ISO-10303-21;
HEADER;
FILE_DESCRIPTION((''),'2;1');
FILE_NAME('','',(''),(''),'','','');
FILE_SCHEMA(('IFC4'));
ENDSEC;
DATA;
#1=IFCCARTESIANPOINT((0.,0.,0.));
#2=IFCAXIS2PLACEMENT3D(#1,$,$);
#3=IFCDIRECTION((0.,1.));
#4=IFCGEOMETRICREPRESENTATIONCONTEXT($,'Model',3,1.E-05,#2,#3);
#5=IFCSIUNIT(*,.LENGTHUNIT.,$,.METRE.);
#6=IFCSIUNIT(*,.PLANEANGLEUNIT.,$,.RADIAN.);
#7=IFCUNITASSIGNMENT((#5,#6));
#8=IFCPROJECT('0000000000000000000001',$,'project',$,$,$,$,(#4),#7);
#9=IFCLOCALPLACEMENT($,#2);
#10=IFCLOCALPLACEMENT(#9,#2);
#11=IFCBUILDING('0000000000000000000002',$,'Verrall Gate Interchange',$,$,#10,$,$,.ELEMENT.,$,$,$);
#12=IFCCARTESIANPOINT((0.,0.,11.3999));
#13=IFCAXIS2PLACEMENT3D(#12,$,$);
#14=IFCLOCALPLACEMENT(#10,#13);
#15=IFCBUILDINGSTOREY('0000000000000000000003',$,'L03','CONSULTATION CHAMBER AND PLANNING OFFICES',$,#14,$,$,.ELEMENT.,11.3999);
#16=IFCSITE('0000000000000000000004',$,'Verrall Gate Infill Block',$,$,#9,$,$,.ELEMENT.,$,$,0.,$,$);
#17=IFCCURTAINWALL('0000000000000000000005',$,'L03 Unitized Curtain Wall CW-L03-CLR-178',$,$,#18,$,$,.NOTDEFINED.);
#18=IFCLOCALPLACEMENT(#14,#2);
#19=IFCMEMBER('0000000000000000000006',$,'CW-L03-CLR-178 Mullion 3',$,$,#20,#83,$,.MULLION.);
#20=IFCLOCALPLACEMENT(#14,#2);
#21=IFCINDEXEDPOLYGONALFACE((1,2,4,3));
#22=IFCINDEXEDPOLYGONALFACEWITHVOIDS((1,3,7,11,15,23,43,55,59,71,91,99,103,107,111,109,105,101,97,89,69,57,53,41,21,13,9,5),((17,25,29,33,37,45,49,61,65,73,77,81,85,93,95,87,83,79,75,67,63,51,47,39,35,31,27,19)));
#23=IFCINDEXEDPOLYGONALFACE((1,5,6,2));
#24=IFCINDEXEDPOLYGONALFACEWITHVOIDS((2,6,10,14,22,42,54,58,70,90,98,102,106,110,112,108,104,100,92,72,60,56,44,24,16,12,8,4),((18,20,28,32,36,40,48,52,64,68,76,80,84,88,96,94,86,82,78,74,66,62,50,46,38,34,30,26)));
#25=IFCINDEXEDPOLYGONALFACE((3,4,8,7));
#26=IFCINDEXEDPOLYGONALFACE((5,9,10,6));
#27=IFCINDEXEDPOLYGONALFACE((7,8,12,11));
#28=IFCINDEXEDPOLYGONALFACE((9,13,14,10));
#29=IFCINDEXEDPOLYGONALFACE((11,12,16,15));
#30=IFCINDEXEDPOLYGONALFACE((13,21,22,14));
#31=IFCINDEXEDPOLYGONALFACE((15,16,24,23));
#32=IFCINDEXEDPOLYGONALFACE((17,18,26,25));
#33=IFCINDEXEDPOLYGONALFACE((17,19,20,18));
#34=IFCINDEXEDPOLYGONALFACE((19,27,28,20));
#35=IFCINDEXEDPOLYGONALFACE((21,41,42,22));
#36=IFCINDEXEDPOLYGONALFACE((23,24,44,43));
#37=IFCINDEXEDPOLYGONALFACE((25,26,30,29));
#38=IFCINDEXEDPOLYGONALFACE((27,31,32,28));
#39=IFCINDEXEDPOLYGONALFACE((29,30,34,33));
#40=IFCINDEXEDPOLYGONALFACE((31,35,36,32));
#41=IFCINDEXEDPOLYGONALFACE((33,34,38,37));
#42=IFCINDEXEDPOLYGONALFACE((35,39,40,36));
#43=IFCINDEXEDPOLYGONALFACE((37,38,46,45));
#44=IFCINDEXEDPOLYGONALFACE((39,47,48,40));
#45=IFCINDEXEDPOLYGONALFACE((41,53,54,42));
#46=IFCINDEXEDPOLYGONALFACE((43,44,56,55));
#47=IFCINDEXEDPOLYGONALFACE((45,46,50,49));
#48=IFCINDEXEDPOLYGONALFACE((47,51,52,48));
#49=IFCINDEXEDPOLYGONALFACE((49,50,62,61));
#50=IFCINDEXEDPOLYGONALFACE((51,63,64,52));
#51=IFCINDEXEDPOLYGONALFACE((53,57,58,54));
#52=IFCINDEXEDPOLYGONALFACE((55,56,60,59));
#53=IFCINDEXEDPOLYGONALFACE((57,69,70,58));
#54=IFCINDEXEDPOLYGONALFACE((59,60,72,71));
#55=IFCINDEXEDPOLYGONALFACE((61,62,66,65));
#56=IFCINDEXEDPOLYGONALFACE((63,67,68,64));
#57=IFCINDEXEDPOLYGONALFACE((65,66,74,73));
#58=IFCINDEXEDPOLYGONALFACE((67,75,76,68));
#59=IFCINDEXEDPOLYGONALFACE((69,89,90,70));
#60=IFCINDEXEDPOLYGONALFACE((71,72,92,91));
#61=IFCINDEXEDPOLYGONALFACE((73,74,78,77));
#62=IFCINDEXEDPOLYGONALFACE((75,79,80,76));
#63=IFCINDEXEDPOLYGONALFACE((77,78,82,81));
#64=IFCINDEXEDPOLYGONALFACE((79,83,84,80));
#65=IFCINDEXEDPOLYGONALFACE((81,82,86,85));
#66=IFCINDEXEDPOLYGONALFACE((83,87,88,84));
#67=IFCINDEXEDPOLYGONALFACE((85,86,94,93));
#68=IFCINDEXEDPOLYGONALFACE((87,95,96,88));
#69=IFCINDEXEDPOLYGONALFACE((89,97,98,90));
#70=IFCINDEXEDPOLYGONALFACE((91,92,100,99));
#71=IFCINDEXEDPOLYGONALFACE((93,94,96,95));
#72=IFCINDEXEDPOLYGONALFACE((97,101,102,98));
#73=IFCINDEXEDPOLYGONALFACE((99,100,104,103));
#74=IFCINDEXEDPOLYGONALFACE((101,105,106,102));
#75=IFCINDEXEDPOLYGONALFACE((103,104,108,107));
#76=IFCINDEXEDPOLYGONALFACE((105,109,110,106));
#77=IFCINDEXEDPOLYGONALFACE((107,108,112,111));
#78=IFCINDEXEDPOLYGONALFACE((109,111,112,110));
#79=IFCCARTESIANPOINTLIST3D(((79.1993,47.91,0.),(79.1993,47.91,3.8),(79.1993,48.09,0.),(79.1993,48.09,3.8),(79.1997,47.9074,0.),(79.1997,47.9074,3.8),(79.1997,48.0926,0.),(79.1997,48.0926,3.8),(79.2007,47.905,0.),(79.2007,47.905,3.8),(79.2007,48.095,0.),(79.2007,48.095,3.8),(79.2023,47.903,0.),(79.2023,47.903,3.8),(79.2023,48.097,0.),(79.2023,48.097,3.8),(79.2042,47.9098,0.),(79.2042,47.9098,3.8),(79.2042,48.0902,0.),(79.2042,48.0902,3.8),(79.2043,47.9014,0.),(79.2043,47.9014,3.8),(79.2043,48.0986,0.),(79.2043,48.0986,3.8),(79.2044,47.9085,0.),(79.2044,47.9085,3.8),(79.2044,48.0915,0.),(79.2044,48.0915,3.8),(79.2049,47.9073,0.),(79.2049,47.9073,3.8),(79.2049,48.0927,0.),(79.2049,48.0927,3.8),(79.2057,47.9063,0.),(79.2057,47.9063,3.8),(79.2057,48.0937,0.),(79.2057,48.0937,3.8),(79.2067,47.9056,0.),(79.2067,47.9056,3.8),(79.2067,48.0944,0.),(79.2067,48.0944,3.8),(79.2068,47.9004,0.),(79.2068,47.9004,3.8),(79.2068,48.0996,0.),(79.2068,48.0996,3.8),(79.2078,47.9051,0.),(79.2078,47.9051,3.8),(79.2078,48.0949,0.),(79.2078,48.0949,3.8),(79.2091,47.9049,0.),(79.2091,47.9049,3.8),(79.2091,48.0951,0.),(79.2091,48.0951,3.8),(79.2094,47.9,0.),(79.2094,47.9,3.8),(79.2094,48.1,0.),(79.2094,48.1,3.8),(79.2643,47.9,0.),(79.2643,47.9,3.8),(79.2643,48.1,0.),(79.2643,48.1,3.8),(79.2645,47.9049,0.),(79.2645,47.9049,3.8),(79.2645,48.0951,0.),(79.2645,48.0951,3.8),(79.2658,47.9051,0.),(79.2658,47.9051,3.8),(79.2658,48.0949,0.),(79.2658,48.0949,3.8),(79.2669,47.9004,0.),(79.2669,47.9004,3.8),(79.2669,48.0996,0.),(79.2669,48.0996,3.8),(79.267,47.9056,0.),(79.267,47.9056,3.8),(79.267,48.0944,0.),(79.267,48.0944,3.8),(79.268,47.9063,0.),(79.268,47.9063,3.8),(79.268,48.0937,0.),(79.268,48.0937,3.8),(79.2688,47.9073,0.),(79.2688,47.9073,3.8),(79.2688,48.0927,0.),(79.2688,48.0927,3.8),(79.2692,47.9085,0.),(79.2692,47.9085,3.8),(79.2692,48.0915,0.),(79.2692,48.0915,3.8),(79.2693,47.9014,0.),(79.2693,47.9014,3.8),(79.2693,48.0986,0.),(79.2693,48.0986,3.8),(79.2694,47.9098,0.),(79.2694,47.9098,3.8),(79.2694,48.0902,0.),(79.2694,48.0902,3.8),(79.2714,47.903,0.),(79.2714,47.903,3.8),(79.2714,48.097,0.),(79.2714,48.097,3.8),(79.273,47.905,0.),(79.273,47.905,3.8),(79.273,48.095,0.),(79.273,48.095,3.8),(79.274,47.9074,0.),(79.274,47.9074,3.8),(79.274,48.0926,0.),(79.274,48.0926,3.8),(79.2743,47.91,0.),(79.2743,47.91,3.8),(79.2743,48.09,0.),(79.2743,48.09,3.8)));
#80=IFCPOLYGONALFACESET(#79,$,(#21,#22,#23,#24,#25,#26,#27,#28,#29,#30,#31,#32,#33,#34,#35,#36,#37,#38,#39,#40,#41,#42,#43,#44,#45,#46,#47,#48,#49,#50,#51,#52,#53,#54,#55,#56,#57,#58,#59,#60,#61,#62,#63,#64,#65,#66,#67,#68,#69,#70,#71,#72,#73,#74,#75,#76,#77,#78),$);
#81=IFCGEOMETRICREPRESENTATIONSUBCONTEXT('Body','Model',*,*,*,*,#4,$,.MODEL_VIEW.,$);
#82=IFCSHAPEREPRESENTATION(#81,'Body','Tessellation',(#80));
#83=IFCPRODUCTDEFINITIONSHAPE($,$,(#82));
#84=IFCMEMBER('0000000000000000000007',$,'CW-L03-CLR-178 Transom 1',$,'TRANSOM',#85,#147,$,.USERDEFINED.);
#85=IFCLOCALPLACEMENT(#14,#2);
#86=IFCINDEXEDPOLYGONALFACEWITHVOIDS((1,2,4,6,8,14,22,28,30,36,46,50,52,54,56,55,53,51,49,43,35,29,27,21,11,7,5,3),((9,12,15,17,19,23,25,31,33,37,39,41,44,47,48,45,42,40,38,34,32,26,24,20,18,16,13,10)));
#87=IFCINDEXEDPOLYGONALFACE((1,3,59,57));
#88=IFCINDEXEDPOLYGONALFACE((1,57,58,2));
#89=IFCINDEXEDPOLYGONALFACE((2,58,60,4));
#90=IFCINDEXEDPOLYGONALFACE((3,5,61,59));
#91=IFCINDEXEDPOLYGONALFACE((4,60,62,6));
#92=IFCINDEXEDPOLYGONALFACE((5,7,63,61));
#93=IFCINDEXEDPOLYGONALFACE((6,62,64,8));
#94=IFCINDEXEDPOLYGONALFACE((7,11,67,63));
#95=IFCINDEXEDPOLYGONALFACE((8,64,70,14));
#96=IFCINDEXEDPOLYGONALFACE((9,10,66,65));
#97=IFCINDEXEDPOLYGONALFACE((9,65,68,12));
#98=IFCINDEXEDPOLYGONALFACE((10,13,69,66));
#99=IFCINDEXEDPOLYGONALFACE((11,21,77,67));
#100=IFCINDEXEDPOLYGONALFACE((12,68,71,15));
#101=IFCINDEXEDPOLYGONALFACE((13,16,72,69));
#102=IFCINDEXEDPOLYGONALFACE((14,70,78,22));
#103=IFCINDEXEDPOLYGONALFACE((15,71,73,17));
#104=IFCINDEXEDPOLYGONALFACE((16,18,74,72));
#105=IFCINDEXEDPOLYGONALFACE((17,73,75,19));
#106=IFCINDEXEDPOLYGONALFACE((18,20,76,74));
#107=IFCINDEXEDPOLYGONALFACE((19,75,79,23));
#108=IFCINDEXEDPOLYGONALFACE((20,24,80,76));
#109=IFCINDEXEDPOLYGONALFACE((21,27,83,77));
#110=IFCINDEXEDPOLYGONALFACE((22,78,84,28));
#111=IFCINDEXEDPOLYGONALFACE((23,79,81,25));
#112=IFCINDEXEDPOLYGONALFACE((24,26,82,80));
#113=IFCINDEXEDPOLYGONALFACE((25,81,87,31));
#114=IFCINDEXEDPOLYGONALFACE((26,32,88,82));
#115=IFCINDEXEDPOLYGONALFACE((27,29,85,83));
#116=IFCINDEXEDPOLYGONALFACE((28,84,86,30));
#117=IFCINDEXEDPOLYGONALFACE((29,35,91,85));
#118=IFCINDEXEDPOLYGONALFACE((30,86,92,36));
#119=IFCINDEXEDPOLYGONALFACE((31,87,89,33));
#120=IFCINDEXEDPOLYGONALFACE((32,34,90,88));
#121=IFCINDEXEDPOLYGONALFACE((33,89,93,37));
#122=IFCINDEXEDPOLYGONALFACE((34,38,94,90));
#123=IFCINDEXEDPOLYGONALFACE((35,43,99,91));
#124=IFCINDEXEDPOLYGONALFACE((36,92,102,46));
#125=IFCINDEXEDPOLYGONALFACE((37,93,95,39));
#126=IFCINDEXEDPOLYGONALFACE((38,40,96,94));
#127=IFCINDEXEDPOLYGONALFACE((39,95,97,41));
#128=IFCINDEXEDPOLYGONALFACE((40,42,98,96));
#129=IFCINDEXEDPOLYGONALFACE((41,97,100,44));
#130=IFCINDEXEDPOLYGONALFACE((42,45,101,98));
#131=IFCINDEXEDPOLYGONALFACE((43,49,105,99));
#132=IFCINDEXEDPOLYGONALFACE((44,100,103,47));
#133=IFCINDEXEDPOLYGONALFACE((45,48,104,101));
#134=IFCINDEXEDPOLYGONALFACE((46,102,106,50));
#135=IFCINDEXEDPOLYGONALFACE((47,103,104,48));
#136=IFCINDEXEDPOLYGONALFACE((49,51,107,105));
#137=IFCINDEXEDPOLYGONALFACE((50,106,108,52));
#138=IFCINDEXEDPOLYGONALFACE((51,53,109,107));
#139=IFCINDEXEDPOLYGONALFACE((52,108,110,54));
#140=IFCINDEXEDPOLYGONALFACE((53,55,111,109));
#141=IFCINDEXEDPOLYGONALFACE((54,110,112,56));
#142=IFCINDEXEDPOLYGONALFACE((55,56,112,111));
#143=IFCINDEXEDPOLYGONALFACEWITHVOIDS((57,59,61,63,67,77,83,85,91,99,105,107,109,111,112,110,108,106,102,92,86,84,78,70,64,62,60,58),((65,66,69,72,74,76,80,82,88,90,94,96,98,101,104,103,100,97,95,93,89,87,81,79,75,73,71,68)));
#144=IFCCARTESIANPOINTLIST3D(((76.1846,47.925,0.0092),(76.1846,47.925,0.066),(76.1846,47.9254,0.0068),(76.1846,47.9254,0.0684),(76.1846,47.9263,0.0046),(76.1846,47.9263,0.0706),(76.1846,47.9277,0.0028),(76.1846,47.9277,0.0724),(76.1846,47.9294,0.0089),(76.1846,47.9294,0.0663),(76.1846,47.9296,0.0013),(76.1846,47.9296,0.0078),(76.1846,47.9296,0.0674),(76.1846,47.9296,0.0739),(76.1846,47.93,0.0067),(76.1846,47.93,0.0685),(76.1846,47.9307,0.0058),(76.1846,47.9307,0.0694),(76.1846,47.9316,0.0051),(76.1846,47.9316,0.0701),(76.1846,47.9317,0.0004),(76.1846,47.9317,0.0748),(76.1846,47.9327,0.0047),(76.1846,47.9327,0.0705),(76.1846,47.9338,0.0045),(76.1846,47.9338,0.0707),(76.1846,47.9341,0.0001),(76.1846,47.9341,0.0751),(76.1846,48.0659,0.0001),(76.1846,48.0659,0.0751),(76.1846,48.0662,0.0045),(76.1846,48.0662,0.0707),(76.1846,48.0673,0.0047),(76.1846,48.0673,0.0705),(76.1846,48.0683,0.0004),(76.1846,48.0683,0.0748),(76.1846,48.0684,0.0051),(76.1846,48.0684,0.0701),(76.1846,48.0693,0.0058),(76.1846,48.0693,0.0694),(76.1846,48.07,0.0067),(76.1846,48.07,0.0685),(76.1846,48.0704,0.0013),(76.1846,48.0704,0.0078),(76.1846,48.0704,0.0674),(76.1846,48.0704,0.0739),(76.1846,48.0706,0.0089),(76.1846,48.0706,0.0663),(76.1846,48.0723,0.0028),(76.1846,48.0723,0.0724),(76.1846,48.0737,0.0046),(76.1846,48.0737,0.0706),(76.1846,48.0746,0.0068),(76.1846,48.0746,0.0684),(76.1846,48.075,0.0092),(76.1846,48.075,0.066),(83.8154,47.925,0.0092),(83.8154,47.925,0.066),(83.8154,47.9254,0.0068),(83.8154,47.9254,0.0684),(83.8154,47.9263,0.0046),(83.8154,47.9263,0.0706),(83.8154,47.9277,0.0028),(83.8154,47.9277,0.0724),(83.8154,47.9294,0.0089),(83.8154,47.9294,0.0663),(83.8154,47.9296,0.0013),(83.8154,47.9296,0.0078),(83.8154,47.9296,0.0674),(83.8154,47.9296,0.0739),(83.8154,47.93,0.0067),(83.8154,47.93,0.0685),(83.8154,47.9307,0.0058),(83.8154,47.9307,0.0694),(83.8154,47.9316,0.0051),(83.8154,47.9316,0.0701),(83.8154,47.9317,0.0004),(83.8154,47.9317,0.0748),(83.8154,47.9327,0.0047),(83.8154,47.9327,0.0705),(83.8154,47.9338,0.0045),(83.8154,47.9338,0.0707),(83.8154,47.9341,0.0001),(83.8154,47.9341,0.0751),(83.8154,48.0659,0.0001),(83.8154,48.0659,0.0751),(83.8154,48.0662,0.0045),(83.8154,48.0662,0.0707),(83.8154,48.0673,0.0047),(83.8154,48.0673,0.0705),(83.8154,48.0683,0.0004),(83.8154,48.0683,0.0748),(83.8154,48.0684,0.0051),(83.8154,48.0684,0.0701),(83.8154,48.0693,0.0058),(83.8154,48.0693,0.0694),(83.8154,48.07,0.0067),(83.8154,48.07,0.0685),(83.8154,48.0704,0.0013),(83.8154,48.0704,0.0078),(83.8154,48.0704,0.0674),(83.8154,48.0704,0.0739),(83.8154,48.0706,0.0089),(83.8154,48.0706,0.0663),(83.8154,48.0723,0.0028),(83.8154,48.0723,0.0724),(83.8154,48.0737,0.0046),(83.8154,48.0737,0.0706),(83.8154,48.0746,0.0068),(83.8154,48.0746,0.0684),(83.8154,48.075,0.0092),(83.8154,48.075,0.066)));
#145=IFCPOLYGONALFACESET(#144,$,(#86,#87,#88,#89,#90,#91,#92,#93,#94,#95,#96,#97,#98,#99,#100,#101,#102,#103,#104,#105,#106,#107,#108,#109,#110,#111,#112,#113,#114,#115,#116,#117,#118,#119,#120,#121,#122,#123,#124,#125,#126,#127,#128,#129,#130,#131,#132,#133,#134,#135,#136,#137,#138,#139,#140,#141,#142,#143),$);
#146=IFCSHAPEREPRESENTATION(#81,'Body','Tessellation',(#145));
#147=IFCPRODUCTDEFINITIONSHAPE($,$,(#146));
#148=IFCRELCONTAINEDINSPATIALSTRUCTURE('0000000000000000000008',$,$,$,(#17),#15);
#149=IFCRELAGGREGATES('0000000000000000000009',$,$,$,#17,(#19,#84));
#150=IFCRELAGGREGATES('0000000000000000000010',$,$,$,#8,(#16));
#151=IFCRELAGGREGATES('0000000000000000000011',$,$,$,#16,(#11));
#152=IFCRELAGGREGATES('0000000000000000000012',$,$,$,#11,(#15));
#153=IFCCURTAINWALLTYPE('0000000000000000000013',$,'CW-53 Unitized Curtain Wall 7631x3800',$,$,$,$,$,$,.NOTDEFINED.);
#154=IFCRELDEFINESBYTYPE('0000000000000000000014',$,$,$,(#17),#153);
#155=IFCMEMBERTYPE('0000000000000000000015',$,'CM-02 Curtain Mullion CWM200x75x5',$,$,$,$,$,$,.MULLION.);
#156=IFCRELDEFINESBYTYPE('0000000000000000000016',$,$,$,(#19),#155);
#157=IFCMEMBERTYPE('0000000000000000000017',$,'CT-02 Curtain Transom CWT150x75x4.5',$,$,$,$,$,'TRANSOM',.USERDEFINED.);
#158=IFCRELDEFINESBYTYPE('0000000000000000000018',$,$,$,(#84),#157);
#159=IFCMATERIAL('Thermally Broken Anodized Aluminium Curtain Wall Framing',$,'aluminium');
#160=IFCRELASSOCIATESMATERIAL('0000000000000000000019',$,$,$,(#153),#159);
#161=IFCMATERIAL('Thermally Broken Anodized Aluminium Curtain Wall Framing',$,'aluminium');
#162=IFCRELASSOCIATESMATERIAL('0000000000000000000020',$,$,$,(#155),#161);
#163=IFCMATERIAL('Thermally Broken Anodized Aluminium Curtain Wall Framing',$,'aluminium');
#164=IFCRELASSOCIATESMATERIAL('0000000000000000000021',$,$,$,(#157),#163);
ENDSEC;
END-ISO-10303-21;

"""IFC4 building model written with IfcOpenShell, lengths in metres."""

from ifc_helpers import new_model, si_unit, direction, frame, origin, origin_2d, place, context, subcontext, project, spatial, hollow_rectangle, extrude, material, material_profile, profile_set, type_object, element, aggregate, save


model = new_model("IFC4")

# Units and contexts
model_context = context("Model", 3, precision=1e-05, world=origin(), true_north=direction((0.0, 1.0)))
body_context = subcontext(model_context, "Body", "Model", "MODEL_VIEW")
ifc_project = project(units=[si_unit("LENGTHUNIT", "METRE"), si_unit("PLANEANGLEUNIT", "RADIAN")], contexts=[model_context])

# Site, building, storey
site_placement = place(None, origin())
site = spatial("IfcSite", under=ifc_project, at=site_placement, Name="Verrall Gate Infill Block", CompositionType="ELEMENT", RefElevation=0.0)
building_placement = place(site_placement, origin())
building = spatial("IfcBuilding", under=site, at=building_placement, Name="Verrall Gate Interchange", CompositionType="ELEMENT")
storey_placement = place(building_placement, frame((0.0, 0.0, 11.3999)))
storey = spatial("IfcBuildingStorey", under=building, at=storey_placement, Name="L03", Description="CONSULTATION CHAMBER AND PLANNING OFFICES", CompositionType="ELEMENT", Elevation=11.3999)

# Shared definitions
ifc_material_1 = material(Name="Thermally Broken Anodized Aluminium Curtain Wall Framing", Category="aluminium")
curtain_wall_type = type_object("IfcCurtainWallType", Name="CW-53 Unitized Curtain Wall 7631x3800", PredefinedType="NOTDEFINED", material=ifc_material_1)
ifc_material_2 = material(Name="Thermally Broken Anodized Aluminium Curtain Wall Framing", Category="aluminium")
ifc_material_profile_1 = material_profile(ifc_material_2, hollow_rectangle(XDim=0.075, YDim=0.2, WallThickness=0.0049, InnerFilletRadius=0.0049, OuterFilletRadius=0.01, at=origin_2d()), Name="CWM200x75x5")
ifc_profile_set_1 = profile_set([ifc_material_profile_1], Name="Thermally Broken Anodized Aluminium Curtain Wall Framing")
member_type_1 = type_object("IfcMemberType", Name="CM-02 Curtain Mullion CWM200x75x5", PredefinedType="MULLION", material=ifc_profile_set_1)

# Curtain wall, members
curtain_wall_1_placement = place(storey_placement, origin())
curtain_wall_1 = element("IfcCurtainWall", 1, at=curtain_wall_1_placement, inside=storey, type_object=curtain_wall_type, Name="L03 Unitized Curtain Wall CW-L03-CLR-178", PredefinedType="NOTDEFINED")
member_1_placement = place(storey_placement, frame((79.2368, 48.0, 0.0), z_axis=(0.0, 0.0, 1.0), x_axis=(1.0, 0.0, 0.0)))
member_1 = element("IfcMember", 2, at=member_1_placement, type_object=member_type_1, Name="CW-L03-CLR-178 Mullion 3", PredefinedType="MULLION", context=body_context, shape_type="SweptSolid", body=[
    extrude(hollow_rectangle(XDim=0.075, YDim=0.2, WallThickness=0.0049, InnerFilletRadius=0.0049, OuterFilletRadius=0.01, at=origin_2d()), origin(), (0.0, 0.0, 1.0), 3.8),
])
ifc_material_3 = material(Name="Thermally Broken Anodized Aluminium Curtain Wall Framing", Category="aluminium")
ifc_material_profile_2 = material_profile(ifc_material_3, hollow_rectangle(XDim=0.1499, YDim=0.075, WallThickness=0.0044, InnerFilletRadius=0.0044, OuterFilletRadius=0.009, at=origin_2d()), Name="CWT150x75x4.5")
ifc_profile_set_2 = profile_set([ifc_material_profile_2], Name="Thermally Broken Anodized Aluminium Curtain Wall Framing")
member_type_2 = type_object("IfcMemberType", Name="CT-02 Curtain Transom CWT150x75x4.5", ElementType="TRANSOM", PredefinedType="USERDEFINED", material=ifc_profile_set_2)
member_2_placement = place(storey_placement, frame((76.1846, 48.0, 0.0376), z_axis=(1.0, 0.0, 0.0), x_axis=(0.0, 1.0, 0.0)))
member_2 = element("IfcMember", 3, at=member_2_placement, type_object=member_type_2, Name="CW-L03-CLR-178 Transom 1", ObjectType="TRANSOM", PredefinedType="USERDEFINED", context=body_context, shape_type="SweptSolid", body=[
    extrude(hollow_rectangle(XDim=0.1499, YDim=0.075, WallThickness=0.0044, InnerFilletRadius=0.0044, OuterFilletRadius=0.009, at=origin_2d()), origin(), (0.0, 0.0, 1.0), 7.6309),
])

aggregate(curtain_wall_1, [member_1, member_2])

save(model, "model.ifc")
